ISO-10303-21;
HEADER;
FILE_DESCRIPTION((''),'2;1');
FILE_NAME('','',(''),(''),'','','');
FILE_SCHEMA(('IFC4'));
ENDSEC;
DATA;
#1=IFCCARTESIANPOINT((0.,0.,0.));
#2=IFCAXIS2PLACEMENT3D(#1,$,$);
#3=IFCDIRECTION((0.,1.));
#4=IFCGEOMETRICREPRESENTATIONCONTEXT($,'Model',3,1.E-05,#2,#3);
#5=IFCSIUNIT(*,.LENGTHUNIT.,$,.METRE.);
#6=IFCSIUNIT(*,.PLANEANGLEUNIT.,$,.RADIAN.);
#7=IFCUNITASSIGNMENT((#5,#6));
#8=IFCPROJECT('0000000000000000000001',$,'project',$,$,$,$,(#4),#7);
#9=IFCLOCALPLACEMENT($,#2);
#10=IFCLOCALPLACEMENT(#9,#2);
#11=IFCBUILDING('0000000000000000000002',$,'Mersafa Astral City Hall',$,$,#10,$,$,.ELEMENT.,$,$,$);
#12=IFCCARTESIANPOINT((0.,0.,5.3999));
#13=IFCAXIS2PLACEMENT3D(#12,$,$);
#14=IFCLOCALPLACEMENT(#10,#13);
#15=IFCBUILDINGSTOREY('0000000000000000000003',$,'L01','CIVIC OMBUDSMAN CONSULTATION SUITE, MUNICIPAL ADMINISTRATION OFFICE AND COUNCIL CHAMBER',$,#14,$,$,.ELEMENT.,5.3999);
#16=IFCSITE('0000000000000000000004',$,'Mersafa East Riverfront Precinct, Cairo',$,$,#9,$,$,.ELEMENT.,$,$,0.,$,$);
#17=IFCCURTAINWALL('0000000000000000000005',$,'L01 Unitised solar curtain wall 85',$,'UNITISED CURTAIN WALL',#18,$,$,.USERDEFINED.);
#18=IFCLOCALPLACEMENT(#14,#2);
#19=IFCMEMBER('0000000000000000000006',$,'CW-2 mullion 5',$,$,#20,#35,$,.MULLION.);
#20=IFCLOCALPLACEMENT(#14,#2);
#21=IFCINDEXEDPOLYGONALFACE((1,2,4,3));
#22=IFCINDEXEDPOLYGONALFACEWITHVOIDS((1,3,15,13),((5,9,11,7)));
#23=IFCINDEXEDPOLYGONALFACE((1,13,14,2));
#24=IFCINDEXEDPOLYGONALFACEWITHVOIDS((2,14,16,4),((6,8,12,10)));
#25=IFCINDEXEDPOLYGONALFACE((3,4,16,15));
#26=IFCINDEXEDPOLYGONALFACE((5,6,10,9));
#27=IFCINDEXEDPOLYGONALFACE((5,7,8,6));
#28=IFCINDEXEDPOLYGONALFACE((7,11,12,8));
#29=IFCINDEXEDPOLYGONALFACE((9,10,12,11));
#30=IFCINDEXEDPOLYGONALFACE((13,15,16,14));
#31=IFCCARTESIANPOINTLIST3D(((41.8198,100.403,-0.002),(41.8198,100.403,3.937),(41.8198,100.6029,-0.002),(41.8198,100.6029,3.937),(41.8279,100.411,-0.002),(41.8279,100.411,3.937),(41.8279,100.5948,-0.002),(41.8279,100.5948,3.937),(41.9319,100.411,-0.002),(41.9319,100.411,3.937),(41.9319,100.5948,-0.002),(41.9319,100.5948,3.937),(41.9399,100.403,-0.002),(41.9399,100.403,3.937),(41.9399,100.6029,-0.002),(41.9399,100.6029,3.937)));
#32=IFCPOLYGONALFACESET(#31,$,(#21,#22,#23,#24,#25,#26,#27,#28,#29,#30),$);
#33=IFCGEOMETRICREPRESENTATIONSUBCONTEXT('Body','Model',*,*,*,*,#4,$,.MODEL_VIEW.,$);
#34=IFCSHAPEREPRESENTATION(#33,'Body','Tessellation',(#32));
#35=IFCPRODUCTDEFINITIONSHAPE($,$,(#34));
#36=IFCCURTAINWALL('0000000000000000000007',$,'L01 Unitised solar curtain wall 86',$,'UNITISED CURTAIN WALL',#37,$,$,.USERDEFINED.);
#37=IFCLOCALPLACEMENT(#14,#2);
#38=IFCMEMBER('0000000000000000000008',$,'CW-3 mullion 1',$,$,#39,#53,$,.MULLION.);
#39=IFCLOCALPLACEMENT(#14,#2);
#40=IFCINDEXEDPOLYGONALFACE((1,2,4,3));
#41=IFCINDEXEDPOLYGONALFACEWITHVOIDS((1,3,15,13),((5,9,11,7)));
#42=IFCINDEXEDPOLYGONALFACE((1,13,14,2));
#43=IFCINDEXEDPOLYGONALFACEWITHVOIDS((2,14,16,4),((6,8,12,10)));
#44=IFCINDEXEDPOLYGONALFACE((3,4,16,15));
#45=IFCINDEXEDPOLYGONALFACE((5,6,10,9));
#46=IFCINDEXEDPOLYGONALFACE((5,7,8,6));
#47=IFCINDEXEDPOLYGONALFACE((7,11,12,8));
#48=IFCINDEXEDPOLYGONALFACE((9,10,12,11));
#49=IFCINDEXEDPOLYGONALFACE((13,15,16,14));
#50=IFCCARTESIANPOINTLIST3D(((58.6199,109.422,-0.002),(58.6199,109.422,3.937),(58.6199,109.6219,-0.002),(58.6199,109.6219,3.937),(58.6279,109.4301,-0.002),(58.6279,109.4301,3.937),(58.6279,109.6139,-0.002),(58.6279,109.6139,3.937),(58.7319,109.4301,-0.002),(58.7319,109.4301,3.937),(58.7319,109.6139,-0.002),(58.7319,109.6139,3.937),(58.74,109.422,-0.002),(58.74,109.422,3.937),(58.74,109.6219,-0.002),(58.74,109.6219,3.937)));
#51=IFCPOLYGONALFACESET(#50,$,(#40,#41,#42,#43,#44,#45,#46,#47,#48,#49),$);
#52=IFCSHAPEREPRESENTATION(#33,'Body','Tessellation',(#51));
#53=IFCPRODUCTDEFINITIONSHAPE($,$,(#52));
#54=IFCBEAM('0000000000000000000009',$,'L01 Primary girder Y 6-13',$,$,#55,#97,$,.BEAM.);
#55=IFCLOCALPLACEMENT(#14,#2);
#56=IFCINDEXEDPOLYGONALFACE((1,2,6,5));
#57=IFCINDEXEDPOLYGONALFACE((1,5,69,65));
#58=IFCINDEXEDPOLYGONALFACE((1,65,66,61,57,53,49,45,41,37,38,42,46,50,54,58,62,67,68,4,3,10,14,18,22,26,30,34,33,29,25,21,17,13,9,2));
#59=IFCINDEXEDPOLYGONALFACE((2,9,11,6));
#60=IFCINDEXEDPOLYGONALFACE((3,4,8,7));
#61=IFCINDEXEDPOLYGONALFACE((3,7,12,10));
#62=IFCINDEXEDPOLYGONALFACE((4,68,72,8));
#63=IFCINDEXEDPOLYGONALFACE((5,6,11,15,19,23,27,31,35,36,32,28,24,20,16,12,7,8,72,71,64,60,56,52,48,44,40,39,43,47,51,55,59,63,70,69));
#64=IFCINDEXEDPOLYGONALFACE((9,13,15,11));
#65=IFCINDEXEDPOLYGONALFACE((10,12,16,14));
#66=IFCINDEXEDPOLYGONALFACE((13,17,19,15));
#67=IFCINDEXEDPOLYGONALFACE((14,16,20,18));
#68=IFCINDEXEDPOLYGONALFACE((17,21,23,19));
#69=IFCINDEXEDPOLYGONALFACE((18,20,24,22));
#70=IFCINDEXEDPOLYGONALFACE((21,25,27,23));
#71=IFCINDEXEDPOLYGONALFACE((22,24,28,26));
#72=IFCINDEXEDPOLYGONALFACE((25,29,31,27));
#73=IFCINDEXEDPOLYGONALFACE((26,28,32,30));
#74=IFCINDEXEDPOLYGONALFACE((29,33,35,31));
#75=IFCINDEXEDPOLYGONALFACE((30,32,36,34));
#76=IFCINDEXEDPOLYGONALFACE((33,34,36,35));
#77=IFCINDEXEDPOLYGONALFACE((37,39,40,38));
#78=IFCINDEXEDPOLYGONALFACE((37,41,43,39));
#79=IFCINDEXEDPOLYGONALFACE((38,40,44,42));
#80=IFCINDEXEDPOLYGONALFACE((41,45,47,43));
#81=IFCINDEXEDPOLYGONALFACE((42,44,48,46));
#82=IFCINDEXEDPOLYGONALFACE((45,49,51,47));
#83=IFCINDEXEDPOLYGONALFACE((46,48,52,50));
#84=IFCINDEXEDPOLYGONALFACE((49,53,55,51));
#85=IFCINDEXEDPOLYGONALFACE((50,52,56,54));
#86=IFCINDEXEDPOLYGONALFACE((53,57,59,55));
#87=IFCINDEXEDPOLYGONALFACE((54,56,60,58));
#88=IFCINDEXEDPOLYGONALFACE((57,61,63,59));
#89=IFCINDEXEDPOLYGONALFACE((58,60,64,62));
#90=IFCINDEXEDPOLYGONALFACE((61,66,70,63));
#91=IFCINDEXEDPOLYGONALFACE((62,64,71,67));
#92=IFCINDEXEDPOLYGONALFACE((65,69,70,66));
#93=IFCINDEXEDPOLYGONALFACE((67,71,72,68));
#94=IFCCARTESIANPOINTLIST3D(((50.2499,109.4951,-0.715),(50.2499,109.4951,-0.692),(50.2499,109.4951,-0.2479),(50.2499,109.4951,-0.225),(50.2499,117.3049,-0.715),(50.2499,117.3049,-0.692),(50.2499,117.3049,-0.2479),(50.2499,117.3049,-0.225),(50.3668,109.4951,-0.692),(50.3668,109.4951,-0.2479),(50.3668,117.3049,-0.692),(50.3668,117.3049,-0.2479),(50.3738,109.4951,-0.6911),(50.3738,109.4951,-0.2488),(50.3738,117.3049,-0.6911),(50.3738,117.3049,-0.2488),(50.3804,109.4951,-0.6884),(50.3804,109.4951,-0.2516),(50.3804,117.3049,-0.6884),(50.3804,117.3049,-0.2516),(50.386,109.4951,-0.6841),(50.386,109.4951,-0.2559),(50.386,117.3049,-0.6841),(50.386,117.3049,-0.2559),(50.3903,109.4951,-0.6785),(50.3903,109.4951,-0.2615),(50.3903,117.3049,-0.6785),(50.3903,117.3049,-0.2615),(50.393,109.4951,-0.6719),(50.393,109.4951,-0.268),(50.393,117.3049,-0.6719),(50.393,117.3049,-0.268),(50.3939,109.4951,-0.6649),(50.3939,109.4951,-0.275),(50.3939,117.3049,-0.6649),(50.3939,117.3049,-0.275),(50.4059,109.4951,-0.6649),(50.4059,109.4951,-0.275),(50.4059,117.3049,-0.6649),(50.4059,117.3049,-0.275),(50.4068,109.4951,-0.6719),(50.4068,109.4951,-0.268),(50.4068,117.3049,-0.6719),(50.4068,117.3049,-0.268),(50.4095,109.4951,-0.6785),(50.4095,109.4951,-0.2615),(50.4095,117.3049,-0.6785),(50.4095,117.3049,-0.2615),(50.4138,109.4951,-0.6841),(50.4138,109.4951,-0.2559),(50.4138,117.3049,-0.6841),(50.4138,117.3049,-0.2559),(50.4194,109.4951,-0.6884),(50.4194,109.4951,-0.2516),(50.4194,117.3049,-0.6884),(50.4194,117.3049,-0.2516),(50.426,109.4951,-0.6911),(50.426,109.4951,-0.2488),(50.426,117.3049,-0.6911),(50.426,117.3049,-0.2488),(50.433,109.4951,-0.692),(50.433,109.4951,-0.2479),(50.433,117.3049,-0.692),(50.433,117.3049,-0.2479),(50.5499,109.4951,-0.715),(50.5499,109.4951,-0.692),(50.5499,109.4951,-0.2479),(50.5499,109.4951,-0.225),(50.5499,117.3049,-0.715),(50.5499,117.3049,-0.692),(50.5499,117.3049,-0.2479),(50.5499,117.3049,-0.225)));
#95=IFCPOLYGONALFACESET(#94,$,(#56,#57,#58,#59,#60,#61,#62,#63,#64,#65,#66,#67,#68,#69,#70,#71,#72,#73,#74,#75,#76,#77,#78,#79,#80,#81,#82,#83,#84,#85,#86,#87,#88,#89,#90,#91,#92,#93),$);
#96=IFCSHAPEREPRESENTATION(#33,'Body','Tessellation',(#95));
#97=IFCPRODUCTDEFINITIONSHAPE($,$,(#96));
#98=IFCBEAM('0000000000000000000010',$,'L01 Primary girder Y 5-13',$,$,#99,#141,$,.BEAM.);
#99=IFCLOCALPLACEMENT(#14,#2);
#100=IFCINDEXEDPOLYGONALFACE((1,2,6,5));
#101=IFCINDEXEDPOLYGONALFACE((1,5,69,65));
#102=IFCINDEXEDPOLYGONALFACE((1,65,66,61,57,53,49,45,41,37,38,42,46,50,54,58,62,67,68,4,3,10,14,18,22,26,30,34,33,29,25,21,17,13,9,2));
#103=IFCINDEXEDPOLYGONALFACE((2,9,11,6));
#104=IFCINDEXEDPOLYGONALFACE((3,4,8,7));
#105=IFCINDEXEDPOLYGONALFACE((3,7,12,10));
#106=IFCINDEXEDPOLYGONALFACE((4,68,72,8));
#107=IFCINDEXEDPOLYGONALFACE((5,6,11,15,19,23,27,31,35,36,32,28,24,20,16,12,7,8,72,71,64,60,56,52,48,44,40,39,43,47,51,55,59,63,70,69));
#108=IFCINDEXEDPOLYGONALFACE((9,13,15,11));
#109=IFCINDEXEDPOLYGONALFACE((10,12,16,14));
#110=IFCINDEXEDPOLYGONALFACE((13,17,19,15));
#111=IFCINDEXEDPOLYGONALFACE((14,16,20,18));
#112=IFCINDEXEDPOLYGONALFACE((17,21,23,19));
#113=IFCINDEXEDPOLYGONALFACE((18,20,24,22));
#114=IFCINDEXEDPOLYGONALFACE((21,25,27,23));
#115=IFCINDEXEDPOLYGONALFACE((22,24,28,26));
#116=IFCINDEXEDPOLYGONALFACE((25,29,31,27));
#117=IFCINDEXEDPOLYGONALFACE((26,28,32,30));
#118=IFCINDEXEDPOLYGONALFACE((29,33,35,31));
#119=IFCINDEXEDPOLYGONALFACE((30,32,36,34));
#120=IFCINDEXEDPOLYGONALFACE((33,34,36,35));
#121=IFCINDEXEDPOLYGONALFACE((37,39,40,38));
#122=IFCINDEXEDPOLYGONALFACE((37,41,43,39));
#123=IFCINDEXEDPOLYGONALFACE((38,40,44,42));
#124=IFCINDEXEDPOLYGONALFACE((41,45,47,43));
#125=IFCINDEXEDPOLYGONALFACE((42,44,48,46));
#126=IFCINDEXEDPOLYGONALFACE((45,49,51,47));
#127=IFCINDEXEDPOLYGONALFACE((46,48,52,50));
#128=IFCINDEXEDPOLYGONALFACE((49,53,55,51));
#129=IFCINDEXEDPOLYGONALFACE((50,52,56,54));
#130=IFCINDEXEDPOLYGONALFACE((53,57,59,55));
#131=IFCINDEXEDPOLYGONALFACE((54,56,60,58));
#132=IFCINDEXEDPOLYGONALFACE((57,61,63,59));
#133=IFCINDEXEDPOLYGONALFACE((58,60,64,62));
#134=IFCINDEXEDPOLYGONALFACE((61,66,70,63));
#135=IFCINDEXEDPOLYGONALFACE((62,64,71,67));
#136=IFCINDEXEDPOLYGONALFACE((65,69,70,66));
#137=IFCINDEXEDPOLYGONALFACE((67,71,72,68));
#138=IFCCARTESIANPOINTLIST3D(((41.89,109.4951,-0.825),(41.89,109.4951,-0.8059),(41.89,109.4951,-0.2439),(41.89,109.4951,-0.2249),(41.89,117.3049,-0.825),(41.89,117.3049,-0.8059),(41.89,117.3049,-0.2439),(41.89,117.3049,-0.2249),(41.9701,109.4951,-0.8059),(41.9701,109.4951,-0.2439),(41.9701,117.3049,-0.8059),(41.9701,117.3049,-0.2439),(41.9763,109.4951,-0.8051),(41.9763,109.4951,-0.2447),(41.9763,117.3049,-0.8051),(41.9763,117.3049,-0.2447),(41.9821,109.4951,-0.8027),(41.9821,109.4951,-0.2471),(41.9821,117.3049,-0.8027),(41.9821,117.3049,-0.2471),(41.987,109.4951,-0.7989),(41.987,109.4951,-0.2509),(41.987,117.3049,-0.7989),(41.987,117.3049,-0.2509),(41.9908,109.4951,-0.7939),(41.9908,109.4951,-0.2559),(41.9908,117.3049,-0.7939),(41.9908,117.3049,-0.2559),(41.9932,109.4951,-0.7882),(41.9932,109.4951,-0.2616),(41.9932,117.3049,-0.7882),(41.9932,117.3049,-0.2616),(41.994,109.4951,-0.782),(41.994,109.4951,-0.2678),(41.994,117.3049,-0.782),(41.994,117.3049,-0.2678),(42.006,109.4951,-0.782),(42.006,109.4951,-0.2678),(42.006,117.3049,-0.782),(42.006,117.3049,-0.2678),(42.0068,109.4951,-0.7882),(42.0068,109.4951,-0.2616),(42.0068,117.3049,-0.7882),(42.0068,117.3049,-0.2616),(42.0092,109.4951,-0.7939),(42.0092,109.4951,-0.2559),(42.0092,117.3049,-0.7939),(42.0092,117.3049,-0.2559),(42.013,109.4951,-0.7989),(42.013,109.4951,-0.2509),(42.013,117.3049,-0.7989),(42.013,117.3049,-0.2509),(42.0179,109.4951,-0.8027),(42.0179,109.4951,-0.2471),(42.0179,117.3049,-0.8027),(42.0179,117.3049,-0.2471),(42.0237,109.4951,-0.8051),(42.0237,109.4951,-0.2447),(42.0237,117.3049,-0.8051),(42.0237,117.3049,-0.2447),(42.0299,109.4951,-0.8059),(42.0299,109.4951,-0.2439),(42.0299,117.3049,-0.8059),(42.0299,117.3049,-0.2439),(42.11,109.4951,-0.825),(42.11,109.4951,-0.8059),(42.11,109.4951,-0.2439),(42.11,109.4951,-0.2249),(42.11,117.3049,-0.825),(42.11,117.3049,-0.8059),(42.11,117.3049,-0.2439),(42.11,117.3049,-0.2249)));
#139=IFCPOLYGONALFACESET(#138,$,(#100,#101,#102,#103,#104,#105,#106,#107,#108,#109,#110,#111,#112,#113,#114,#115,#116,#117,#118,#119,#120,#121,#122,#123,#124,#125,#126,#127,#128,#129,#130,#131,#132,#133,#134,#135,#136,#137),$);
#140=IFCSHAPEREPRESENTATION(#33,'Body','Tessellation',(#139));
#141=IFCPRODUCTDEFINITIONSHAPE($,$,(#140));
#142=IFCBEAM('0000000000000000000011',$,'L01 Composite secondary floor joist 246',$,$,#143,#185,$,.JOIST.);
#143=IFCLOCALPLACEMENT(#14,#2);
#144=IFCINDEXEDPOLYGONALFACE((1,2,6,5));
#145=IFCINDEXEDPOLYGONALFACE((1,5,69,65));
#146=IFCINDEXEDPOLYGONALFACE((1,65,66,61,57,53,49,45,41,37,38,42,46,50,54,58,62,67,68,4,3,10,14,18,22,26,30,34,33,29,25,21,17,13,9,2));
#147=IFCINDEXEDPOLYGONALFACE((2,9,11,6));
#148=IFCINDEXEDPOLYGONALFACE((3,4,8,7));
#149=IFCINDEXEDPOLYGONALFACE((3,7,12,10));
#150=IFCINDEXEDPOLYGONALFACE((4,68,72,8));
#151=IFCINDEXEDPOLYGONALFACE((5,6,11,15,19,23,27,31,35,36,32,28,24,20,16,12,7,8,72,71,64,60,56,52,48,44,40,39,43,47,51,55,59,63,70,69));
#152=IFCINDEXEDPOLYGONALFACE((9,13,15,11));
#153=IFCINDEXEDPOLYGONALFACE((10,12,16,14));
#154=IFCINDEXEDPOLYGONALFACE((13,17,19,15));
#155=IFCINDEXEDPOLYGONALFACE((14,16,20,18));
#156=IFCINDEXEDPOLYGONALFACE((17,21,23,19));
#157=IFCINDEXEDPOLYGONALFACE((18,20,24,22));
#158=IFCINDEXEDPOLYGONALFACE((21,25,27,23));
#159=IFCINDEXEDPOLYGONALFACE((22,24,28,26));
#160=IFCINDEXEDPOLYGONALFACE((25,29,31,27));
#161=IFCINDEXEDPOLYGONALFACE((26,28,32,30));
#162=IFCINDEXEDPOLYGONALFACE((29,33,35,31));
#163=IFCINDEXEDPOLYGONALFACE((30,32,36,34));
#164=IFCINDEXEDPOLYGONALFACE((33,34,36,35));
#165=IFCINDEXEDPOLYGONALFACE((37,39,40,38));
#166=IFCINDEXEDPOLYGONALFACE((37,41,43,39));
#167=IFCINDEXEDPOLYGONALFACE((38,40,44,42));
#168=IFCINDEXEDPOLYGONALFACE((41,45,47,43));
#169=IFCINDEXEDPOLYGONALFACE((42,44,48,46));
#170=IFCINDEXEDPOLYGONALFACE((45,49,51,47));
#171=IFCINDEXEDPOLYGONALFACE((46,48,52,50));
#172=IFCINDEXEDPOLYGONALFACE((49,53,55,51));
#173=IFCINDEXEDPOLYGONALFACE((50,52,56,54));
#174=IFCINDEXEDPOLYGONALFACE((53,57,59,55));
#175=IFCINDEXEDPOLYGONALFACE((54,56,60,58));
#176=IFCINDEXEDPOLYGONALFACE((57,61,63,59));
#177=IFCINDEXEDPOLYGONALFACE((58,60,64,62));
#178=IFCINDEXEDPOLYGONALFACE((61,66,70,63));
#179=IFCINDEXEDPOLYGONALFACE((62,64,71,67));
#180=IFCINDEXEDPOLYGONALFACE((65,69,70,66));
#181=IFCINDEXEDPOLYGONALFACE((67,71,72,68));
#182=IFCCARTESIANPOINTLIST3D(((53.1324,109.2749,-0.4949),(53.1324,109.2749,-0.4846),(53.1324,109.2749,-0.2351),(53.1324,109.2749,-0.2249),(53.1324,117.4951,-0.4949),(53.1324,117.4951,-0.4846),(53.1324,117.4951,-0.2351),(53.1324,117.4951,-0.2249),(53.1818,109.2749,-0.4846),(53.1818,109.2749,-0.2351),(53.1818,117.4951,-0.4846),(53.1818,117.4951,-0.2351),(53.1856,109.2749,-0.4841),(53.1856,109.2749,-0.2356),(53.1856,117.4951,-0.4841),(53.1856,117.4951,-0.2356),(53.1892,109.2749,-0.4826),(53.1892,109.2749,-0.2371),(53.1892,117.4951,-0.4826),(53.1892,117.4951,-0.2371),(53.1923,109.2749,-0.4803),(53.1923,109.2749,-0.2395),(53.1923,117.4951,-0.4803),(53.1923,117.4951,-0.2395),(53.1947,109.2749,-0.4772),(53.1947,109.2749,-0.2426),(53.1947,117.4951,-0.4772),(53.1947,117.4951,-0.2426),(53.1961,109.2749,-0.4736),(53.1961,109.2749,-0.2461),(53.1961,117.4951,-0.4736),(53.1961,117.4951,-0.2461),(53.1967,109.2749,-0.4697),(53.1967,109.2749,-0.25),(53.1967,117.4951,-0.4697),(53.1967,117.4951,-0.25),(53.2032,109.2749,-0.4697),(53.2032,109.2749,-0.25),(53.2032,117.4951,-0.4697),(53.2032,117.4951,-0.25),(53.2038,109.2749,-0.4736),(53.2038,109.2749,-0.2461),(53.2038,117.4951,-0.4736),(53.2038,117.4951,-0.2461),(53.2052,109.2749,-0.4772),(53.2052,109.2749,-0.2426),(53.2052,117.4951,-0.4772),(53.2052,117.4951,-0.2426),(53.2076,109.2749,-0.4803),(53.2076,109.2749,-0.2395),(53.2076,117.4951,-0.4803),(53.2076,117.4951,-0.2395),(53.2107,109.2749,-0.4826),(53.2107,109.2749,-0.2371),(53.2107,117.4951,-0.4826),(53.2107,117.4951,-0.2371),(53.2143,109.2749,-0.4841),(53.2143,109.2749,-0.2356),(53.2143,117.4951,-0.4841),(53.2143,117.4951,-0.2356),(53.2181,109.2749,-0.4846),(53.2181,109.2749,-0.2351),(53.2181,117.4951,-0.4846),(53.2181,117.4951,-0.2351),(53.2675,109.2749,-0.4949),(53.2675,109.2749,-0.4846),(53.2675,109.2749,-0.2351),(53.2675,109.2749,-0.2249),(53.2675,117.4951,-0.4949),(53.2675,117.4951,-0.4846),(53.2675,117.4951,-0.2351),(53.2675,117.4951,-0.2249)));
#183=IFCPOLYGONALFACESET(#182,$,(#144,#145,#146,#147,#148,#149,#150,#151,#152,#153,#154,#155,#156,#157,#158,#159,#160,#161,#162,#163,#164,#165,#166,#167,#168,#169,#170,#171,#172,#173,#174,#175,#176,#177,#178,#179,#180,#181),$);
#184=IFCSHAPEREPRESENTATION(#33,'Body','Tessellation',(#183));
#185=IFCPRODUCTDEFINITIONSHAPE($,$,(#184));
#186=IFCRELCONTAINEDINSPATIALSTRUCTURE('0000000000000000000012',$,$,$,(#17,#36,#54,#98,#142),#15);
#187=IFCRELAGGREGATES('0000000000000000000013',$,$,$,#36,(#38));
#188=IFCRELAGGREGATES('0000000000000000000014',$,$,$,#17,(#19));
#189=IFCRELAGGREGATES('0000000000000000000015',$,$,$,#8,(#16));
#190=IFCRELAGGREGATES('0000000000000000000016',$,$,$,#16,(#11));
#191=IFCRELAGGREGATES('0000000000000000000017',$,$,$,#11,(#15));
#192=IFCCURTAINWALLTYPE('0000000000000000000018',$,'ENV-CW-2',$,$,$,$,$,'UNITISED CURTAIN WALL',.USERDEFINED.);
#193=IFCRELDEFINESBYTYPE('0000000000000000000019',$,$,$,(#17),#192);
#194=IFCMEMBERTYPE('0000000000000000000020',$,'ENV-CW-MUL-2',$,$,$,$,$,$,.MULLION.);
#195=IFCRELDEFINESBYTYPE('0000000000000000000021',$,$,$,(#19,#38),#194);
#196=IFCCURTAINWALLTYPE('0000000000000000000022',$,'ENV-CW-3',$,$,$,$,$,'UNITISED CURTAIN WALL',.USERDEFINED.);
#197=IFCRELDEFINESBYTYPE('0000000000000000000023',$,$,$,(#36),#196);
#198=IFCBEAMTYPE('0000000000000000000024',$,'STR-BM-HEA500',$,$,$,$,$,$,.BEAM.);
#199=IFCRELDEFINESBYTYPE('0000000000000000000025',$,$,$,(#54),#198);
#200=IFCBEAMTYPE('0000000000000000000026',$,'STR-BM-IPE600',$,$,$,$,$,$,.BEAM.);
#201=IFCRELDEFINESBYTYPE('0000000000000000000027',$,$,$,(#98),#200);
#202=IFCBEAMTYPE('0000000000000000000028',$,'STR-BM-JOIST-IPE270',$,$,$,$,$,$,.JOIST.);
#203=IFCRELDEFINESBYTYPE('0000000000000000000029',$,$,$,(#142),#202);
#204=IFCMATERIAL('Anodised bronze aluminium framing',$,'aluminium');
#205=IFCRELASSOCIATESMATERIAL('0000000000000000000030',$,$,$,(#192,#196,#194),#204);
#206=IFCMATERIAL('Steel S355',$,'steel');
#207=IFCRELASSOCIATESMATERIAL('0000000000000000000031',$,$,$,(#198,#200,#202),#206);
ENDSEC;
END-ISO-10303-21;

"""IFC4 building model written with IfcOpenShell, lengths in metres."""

from ifc_helpers import new_model, si_unit, direction, frame, origin, origin_2d, place, context, subcontext, project, spatial, hollow_rectangle, i_section, extrude, material, material_profile, profile_set, type_object, element, aggregate, save


model = new_model("IFC4")

# Units and contexts
model_context = context("Model", 3, precision=1e-05, world=origin(), true_north=direction((0.0, 1.0)))
body_context = subcontext(model_context, "Body", "Model", "MODEL_VIEW")
ifc_project = project(units=[si_unit("LENGTHUNIT", "METRE"), si_unit("PLANEANGLEUNIT", "RADIAN")], contexts=[model_context])

# Site, building, storey
site_placement = place(None, origin())
site = spatial("IfcSite", under=ifc_project, at=site_placement, Name="Mersafa East Riverfront Precinct, Cairo", CompositionType="ELEMENT", RefElevation=0.0)
building_placement = place(site_placement, origin())
building = spatial("IfcBuilding", under=site, at=building_placement, Name="Mersafa Astral City Hall", CompositionType="ELEMENT")
storey_placement = place(building_placement, frame((0.0, 0.0, 5.3999)))
storey = spatial("IfcBuildingStorey", under=building, at=storey_placement, Name="L01", Description="CIVIC OMBUDSMAN CONSULTATION SUITE, MUNICIPAL ADMINISTRATION OFFICE AND COUNCIL CHAMBER", CompositionType="ELEMENT", Elevation=5.3999)

# Shared definitions
ifc_material_1 = material(Name="Steel S355", Category="steel")

# Curtain walls, members
ifc_material_2 = material(Name="Anodised bronze aluminium framing", Category="aluminium")
curtain_wall_type_1 = type_object("IfcCurtainWallType", Name="ENV-CW-2", ElementType="UNITISED CURTAIN WALL", PredefinedType="USERDEFINED", material=ifc_material_2)
curtain_wall_1_placement = place(storey_placement, origin())
curtain_wall_1 = element("IfcCurtainWall", 1, at=curtain_wall_1_placement, inside=storey, type_object=curtain_wall_type_1, Name="L01 Unitised solar curtain wall 85", ObjectType="UNITISED CURTAIN WALL", PredefinedType="USERDEFINED")
ifc_material_profile_1 = material_profile(ifc_material_2, hollow_rectangle(XDim=0.1201, YDim=0.2, WallThickness=0.0081, at=origin_2d()), Name="RHS 120x200x8")
ifc_profile_set_1 = profile_set([ifc_material_profile_1], Name="Anodised bronze aluminium framing")
member_type = type_object("IfcMemberType", Name="ENV-CW-MUL-2", PredefinedType="MULLION", material=ifc_profile_set_1)
member_1_placement = place(storey_placement, frame((41.8799, 100.5029, -0.002), z_axis=(0.0, 0.0, 1.0), x_axis=(-1.0, 0.0, 0.0)))
member_1 = element("IfcMember", 2, at=member_1_placement, type_object=member_type, Name="CW-2 mullion 5", PredefinedType="MULLION", context=body_context, shape_type="SweptSolid", body=[
    extrude(hollow_rectangle(XDim=0.1201, YDim=0.2, WallThickness=0.0081, at=origin_2d()), origin(), (0.0, 0.0, 1.0), 3.939),
])
curtain_wall_type_2 = type_object("IfcCurtainWallType", Name="ENV-CW-3", ElementType="UNITISED CURTAIN WALL", PredefinedType="USERDEFINED", material=ifc_material_2)
curtain_wall_2_placement = place(storey_placement, origin())
curtain_wall_2 = element("IfcCurtainWall", 3, at=curtain_wall_2_placement, inside=storey, type_object=curtain_wall_type_2, Name="L01 Unitised solar curtain wall 86", ObjectType="UNITISED CURTAIN WALL", PredefinedType="USERDEFINED")
member_2_placement = place(storey_placement, frame((58.6799, 109.522, -0.002), z_axis=(0.0, 0.0, 1.0), x_axis=(-1.0, 0.0, 0.0)))
member_2 = element("IfcMember", 4, at=member_2_placement, type_object=member_type, Name="CW-3 mullion 1", PredefinedType="MULLION", context=body_context, shape_type="SweptSolid", body=[
    extrude(hollow_rectangle(XDim=0.1201, YDim=0.2, WallThickness=0.0081, at=origin_2d()), origin(), (0.0, 0.0, 1.0), 3.939),
])
aggregate(curtain_wall_2, [member_2])

# Beams
ifc_material_profile_2 = material_profile(ifc_material_1, i_section(OverallWidth=0.3, OverallDepth=0.49, WebThickness=0.012, FlangeThickness=0.0229, FilletRadius=0.0271, at=origin_2d()), Name="HEA 500")
ifc_profile_set_2 = profile_set([ifc_material_profile_2], Name="Steel S355")
beam_type_1 = type_object("IfcBeamType", Name="STR-BM-HEA500", PredefinedType="BEAM", material=ifc_profile_set_2)
beam_1_placement = place(storey_placement, frame((50.3999, 109.4951, -0.47), z_axis=(0.0, 1.0, 0.0), x_axis=(-1.0, 0.0, 0.0)))
element("IfcBeam", 5, at=beam_1_placement, inside=storey, type_object=beam_type_1, Name="L01 Primary girder Y 6-13", PredefinedType="BEAM", context=body_context, shape_type="SweptSolid", body=[
    extrude(i_section(OverallWidth=0.3, OverallDepth=0.49, WebThickness=0.012, FlangeThickness=0.0229, FilletRadius=0.0271, at=origin_2d()), origin(), (0.0, 0.0, 1.0), 7.8098),
])
ifc_material_profile_3 = material_profile(ifc_material_1, i_section(OverallWidth=0.22, OverallDepth=0.6001, WebThickness=0.012, FlangeThickness=0.019, FilletRadius=0.0239, at=origin_2d()), Name="IPE 600")
ifc_profile_set_3 = profile_set([ifc_material_profile_3], Name="Steel S355")
beam_type_2 = type_object("IfcBeamType", Name="STR-BM-IPE600", PredefinedType="BEAM", material=ifc_profile_set_3)
beam_2_placement = place(storey_placement, frame((42.0, 109.4951, -0.5249), z_axis=(0.0, 1.0, 0.0), x_axis=(-1.0, 0.0, 0.0)))
element("IfcBeam", 6, at=beam_2_placement, inside=storey, type_object=beam_type_2, Name="L01 Primary girder Y 5-13", PredefinedType="BEAM", context=body_context, shape_type="SweptSolid", body=[
    extrude(i_section(OverallWidth=0.22, OverallDepth=0.6001, WebThickness=0.012, FlangeThickness=0.019, FilletRadius=0.0239, at=origin_2d()), origin(), (0.0, 0.0, 1.0), 7.8098),
])
ifc_material_profile_4 = material_profile(ifc_material_1, i_section(OverallWidth=0.135, OverallDepth=0.27, WebThickness=0.0066, FlangeThickness=0.0103, FilletRadius=0.0149, at=origin_2d()), Name="IPE 270")
ifc_profile_set_4 = profile_set([ifc_material_profile_4], Name="Steel S355")
beam_type_3 = type_object("IfcBeamType", Name="STR-BM-JOIST-IPE270", PredefinedType="JOIST", material=ifc_profile_set_4)
for number, where, z_axis, x_axis, name in (
    (7, (53.2, 109.2749, -0.3599), (0.0, 1.0, 0.0), (-1.0, 0.0, 0.0), "L01 Composite secondary floor joist 246"),
):
    element("IfcBeam", number, at=place(storey_placement, frame(where, z_axis=z_axis, x_axis=x_axis)), inside=storey, type_object=beam_type_3, Name=name, PredefinedType="JOIST", context=body_context, shape_type="SweptSolid", body=[
        extrude(i_section(OverallWidth=0.135, OverallDepth=0.27, WebThickness=0.0066, FlangeThickness=0.0103, FilletRadius=0.0149, at=origin_2d()), origin(), (0.0, 0.0, 1.0), 8.2202),
    ])

aggregate(curtain_wall_1, [member_1])

save(model, "model.ifc")
